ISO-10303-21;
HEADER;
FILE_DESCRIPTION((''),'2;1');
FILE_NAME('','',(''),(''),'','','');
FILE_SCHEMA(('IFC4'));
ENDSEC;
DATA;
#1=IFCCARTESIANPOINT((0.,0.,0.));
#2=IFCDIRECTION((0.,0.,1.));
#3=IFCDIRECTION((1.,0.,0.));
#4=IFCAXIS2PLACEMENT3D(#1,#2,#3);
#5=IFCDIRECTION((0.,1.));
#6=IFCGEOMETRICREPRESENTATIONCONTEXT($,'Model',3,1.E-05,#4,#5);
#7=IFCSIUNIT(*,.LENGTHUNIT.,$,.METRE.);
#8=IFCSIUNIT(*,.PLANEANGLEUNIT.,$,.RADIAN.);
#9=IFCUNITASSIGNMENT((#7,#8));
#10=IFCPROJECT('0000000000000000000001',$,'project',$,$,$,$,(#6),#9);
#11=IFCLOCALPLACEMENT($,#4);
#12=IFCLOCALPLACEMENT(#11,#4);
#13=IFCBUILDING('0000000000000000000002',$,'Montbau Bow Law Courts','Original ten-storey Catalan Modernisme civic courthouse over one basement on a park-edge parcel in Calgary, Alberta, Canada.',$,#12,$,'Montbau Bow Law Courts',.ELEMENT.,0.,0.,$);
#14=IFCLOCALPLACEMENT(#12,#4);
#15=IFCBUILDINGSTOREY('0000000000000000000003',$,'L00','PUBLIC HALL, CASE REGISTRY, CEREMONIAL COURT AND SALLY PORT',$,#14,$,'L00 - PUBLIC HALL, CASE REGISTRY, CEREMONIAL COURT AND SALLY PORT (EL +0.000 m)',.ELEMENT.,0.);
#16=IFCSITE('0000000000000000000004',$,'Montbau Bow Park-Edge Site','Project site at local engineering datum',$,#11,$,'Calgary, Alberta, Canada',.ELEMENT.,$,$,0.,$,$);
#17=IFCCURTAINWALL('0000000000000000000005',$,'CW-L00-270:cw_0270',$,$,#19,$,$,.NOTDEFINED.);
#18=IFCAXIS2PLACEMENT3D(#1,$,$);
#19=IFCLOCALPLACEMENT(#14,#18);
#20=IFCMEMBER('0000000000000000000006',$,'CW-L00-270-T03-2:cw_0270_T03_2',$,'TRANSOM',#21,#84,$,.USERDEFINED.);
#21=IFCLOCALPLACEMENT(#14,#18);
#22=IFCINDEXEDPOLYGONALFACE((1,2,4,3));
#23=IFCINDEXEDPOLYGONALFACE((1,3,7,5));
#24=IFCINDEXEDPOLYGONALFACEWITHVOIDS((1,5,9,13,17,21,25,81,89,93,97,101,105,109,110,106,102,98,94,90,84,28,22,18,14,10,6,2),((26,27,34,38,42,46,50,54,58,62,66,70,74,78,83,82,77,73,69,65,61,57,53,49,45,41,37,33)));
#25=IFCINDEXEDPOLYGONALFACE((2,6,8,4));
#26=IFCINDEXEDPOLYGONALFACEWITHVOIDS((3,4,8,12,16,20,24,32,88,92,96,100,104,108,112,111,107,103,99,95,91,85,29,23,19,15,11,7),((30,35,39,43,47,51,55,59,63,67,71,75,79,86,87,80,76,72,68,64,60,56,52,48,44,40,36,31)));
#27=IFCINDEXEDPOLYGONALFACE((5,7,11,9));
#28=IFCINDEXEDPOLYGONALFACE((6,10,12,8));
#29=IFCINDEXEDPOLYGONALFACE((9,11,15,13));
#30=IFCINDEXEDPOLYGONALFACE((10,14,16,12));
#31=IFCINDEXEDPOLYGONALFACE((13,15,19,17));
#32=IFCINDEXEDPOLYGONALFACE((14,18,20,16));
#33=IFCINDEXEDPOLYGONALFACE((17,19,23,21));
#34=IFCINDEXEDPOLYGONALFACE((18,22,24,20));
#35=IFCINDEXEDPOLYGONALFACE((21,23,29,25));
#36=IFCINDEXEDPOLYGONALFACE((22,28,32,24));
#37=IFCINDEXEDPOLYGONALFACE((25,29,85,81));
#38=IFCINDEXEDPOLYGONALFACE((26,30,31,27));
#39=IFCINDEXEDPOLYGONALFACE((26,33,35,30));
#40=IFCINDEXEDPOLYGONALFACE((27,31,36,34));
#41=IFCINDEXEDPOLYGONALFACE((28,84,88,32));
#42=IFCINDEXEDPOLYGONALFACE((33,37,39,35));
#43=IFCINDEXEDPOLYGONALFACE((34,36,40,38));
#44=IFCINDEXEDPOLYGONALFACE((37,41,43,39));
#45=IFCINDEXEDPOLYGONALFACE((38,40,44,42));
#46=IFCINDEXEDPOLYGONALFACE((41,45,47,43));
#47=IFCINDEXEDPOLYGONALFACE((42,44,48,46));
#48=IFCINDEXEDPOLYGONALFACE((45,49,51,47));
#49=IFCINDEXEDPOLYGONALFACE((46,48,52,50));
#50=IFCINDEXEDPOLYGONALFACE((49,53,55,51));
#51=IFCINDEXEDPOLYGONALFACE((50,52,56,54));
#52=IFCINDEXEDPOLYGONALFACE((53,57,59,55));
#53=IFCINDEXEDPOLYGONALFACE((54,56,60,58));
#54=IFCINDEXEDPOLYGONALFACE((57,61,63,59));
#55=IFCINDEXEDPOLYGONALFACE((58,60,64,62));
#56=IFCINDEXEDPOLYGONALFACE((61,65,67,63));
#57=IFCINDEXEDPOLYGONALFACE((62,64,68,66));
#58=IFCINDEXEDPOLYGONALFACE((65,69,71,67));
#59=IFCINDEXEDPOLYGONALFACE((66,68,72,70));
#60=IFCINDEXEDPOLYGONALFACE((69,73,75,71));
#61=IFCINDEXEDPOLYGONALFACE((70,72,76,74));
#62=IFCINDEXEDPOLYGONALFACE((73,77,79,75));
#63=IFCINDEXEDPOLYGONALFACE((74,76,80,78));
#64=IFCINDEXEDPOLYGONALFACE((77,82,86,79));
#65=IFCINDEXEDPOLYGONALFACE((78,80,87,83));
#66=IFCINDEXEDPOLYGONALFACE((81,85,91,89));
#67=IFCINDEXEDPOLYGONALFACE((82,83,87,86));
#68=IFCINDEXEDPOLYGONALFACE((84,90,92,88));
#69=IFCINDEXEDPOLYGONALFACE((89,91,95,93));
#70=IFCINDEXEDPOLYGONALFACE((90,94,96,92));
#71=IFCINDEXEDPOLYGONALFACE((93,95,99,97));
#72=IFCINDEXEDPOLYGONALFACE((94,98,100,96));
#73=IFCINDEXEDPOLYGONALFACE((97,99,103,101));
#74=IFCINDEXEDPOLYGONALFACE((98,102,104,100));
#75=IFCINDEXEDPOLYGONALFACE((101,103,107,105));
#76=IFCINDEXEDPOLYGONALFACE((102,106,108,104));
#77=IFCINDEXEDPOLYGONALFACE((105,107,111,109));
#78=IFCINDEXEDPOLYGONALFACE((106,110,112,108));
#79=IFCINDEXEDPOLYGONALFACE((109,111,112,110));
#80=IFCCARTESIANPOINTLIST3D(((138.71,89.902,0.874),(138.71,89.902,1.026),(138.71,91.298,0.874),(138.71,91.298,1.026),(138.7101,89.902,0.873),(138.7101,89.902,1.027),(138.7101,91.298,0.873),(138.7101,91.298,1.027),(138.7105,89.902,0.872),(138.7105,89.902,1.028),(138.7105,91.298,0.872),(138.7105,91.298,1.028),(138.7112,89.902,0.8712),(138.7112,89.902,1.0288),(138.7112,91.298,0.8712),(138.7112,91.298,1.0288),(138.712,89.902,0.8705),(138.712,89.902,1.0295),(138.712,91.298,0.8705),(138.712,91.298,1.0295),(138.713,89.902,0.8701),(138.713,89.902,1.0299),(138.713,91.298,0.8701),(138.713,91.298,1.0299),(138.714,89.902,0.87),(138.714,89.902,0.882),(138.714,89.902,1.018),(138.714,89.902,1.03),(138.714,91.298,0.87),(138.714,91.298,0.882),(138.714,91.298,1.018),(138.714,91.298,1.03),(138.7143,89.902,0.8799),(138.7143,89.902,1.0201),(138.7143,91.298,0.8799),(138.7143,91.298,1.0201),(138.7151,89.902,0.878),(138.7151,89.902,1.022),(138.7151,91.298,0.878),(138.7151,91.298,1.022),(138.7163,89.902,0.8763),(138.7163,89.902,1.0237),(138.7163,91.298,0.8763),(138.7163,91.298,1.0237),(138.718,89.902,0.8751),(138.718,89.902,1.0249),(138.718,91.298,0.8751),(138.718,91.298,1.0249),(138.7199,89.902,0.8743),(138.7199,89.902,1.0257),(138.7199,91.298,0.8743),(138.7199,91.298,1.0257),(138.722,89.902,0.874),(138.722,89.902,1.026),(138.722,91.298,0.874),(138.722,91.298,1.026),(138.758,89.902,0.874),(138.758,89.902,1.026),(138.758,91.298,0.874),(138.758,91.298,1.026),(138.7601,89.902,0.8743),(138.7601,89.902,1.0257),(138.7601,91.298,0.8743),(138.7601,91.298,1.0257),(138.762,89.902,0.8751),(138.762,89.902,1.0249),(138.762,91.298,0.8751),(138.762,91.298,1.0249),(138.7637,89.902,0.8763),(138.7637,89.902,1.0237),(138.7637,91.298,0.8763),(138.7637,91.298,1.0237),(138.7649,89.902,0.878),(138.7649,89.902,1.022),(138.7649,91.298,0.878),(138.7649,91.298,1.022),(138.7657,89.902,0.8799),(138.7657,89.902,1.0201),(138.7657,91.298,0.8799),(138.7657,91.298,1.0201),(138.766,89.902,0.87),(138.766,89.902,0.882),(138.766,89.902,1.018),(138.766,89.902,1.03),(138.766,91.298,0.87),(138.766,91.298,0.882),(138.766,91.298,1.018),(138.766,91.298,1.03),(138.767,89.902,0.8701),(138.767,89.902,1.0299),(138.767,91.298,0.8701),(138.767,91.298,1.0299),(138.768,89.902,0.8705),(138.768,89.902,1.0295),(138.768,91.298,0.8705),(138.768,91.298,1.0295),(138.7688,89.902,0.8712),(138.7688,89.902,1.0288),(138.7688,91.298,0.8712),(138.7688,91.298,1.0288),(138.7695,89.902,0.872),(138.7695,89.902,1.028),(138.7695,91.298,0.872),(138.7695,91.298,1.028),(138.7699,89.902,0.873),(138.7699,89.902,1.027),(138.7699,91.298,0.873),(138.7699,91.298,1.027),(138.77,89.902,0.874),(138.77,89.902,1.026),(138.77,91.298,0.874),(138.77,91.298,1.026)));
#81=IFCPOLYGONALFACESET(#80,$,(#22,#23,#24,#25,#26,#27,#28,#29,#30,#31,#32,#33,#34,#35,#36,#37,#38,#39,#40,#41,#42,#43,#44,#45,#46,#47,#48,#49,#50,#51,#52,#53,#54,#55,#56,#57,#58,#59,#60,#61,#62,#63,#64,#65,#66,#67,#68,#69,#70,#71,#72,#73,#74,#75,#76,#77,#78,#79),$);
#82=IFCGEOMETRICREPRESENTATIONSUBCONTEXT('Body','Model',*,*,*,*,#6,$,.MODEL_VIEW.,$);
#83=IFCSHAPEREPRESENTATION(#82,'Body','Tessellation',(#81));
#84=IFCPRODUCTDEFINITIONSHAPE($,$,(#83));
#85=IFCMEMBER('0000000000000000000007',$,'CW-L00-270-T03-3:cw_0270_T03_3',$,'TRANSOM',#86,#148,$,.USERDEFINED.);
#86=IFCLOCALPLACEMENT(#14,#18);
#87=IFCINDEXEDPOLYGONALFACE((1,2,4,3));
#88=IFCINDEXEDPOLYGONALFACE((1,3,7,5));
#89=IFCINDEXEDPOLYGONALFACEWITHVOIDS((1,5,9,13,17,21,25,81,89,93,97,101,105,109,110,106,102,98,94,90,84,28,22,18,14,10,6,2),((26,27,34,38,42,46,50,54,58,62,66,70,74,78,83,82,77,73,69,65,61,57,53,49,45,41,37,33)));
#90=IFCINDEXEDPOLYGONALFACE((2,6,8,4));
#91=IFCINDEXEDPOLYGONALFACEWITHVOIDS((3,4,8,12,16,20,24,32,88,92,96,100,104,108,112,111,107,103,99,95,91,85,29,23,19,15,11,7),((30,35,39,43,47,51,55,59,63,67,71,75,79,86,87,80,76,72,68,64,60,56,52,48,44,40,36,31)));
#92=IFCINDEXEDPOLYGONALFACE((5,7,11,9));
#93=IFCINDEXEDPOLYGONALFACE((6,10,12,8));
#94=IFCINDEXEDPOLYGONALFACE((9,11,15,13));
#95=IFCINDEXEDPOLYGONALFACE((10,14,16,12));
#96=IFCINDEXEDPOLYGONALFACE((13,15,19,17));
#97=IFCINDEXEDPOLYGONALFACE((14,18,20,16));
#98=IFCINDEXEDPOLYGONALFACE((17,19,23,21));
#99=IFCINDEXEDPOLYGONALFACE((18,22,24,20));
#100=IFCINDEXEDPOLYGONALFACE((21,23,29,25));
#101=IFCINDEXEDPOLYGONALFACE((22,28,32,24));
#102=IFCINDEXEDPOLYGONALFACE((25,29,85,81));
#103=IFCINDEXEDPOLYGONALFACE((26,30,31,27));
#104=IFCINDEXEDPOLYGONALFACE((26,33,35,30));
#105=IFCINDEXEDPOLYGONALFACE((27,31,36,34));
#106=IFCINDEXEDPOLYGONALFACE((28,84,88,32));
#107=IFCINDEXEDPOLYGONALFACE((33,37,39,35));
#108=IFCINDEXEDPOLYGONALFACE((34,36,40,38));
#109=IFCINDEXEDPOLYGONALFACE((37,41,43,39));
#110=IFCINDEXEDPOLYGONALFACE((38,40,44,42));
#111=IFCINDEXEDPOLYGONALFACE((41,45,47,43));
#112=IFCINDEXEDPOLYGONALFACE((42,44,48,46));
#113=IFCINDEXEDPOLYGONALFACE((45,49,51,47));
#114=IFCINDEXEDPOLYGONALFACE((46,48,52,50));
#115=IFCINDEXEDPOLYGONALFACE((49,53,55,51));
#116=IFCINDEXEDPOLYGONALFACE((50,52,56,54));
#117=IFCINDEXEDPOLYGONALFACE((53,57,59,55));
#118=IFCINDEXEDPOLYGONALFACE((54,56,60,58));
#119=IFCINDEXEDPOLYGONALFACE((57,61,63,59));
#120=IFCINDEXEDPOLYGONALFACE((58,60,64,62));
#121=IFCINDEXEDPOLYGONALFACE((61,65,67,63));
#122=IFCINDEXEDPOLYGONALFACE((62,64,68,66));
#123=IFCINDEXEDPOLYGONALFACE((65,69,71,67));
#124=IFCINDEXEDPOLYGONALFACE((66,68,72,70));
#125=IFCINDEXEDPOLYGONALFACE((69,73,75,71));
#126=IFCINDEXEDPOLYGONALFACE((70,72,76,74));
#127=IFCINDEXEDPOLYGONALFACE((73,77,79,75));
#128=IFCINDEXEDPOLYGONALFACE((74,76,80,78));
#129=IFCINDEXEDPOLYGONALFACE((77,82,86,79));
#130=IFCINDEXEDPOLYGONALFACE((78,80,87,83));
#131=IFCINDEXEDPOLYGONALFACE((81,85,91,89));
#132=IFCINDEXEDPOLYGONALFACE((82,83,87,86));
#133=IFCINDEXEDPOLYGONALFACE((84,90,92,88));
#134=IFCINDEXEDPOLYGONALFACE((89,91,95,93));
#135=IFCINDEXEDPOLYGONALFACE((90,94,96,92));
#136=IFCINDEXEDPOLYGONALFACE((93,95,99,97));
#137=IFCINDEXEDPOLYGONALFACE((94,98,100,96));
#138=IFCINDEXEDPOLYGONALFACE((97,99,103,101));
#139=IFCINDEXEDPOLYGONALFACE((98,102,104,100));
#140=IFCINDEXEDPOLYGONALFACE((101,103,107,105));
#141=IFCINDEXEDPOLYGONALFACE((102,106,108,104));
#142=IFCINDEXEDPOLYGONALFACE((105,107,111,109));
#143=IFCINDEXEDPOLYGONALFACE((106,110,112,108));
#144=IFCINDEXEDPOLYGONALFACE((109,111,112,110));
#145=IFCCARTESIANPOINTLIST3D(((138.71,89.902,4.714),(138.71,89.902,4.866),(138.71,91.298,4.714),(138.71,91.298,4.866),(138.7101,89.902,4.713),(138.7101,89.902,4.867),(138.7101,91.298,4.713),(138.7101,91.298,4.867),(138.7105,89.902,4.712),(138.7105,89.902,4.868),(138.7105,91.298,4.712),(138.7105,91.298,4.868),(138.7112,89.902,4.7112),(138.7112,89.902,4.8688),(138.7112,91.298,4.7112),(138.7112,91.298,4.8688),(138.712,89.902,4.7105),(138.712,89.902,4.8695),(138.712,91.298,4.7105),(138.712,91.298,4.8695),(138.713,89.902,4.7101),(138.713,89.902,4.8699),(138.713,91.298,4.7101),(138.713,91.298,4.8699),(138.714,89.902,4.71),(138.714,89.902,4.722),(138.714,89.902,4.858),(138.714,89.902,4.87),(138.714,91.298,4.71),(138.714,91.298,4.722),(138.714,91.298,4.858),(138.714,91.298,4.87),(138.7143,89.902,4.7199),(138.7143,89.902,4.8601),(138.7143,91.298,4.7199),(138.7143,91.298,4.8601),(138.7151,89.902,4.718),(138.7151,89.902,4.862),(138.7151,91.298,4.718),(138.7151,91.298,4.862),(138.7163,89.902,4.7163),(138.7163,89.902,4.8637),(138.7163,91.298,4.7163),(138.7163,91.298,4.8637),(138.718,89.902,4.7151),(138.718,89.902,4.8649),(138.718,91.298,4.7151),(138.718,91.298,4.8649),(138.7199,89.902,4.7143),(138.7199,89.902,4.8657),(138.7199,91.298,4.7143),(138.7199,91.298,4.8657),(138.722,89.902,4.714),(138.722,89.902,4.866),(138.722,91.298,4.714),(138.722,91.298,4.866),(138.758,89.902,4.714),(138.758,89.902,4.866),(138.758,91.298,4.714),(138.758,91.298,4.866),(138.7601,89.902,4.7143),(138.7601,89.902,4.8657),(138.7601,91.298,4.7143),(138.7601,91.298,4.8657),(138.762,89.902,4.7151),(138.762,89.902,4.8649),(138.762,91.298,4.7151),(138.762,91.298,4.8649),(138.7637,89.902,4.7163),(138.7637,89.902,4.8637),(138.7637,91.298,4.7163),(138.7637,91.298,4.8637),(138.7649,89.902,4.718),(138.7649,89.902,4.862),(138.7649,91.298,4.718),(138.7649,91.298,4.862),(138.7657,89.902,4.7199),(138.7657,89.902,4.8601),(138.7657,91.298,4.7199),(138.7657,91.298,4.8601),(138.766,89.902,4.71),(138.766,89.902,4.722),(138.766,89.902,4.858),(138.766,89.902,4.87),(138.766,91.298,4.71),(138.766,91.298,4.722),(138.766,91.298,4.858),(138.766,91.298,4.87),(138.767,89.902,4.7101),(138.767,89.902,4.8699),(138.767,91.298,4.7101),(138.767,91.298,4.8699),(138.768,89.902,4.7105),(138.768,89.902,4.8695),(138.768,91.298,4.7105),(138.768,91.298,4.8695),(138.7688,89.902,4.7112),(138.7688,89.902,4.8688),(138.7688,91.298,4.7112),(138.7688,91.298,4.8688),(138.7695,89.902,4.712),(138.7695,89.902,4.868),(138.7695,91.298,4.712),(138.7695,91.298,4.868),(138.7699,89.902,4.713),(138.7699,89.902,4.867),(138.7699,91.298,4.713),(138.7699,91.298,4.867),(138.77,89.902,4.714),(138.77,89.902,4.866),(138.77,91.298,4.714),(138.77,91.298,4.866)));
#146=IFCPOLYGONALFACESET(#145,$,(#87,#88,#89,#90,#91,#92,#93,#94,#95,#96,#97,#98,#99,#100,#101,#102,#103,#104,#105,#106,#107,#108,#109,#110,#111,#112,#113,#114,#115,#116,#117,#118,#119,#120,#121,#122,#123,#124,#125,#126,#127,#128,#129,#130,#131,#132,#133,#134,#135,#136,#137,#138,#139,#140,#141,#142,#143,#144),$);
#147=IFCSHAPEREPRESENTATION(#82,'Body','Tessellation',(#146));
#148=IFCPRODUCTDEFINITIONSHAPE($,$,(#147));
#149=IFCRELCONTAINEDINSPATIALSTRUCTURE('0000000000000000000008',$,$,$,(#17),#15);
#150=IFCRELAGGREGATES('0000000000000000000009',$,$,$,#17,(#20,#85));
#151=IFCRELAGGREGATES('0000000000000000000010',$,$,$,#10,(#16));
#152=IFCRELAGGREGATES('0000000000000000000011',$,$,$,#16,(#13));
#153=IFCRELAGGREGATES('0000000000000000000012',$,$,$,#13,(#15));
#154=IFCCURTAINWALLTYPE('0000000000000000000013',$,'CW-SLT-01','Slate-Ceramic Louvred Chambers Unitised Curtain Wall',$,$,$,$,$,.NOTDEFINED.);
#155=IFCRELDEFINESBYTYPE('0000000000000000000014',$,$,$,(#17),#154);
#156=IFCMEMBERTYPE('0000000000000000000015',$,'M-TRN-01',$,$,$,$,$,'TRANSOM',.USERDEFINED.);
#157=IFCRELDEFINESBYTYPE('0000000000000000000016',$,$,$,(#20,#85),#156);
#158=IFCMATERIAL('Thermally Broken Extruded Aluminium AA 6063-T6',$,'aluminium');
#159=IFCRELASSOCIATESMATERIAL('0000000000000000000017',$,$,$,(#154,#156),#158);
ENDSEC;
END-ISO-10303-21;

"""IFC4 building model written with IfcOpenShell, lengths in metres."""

from ifc_helpers import new_model, si_unit, direction, frame, origin_with_axes, origin_2d_with_axis, place, context, subcontext, project, spatial, hollow_rectangle, extrude, material, material_profile, profile_set, type_object, element, aggregate, save


model = new_model("IFC4")

# Units and contexts
model_context = context("Model", 3, precision=1e-05, world=origin_with_axes(), true_north=direction((0.0, 1.0)))
body_context = subcontext(model_context, "Body", "Model", "MODEL_VIEW")
ifc_project = project(units=[si_unit("LENGTHUNIT", "METRE"), si_unit("PLANEANGLEUNIT", "RADIAN")], contexts=[model_context])

# Site, building, storey
site_placement = place(None, origin_with_axes())
site = spatial("IfcSite", under=ifc_project, at=site_placement, Name="Montbau Bow Park-Edge Site", Description="Project site at local engineering datum", LongName="Calgary, Alberta, Canada", CompositionType="ELEMENT", RefElevation=0.0)
building_placement = place(site_placement, origin_with_axes())
building = spatial("IfcBuilding", under=site, at=building_placement, Name="Montbau Bow Law Courts", Description="Original ten-storey Catalan Modernisme civic courthouse over one basement on a park-edge parcel in Calgary, Alberta, Canada.", LongName="Montbau Bow Law Courts", CompositionType="ELEMENT", ElevationOfRefHeight=0.0, ElevationOfTerrain=0.0)
storey_placement = place(building_placement, origin_with_axes())
storey = spatial("IfcBuildingStorey", under=building, at=storey_placement, Name="L00", Description="PUBLIC HALL, CASE REGISTRY, CEREMONIAL COURT AND SALLY PORT", LongName="L00 - PUBLIC HALL, CASE REGISTRY, CEREMONIAL COURT AND SALLY PORT (EL +0.000 m)", CompositionType="ELEMENT", Elevation=0.0)

# Curtain wall, members
ifc_material_1 = material(Name="Thermally Broken Extruded Aluminium AA 6063-T6", Category="aluminium")
curtain_wall_type = type_object("IfcCurtainWallType", Name="CW-SLT-01", Description="Slate-Ceramic Louvred Chambers Unitised Curtain Wall", PredefinedType="NOTDEFINED", material=ifc_material_1)
curtain_wall_placement = place(None, frame((138.74, 86.915, 0.0), z_axis=(0.0, 0.0, 1.0), x_axis=(1.0, 0.0, 0.0)))
curtain_wall = element("IfcCurtainWall", 1, at=curtain_wall_placement, inside=storey, type_object=curtain_wall_type, Name="CW-L00-270:cw_0270", PredefinedType="NOTDEFINED")
ifc_material_profile_1 = material_profile(ifc_material_1, hollow_rectangle(XDim=0.06, YDim=0.16, WallThickness=0.004, InnerFilletRadius=0.008, OuterFilletRadius=0.004, at=origin_2d_with_axis()), Name="CWT-160X60", Category="Main", Priority=0)
ifc_profile_set_1 = profile_set([ifc_material_profile_1], Name="Thermally Broken Extruded Aluminium AA 6063-T6")
member_type_1 = type_object("IfcMemberType", Name="M-TRN-01", ElementType="TRANSOM", PredefinedType="USERDEFINED", material=ifc_profile_set_1)
member_1_placement = place(None, frame((138.74, 89.902, 0.95), z_axis=(0.0, 1.0, 0.0), x_axis=(-1.0, 0.0, 0.0)))
member_1 = element("IfcMember", 2, at=member_1_placement, type_object=member_type_1, Name="CW-L00-270-T03-2:cw_0270_T03_2", ObjectType="TRANSOM", PredefinedType="USERDEFINED", context=body_context, shape_type="SweptSolid", body=[
    extrude(hollow_rectangle(XDim=0.06, YDim=0.16, WallThickness=0.004, InnerFilletRadius=0.008, OuterFilletRadius=0.004, at=origin_2d_with_axis()), origin_with_axes(), (0.0, 0.0, 1.0), 1.396),
])
member_2_placement = place(None, frame((138.74, 89.902, 4.79), z_axis=(0.0, 1.0, 0.0), x_axis=(-1.0, 0.0, 0.0)))
member_2 = element("IfcMember", 3, at=member_2_placement, type_object=member_type_1, Name="CW-L00-270-T03-3:cw_0270_T03_3", ObjectType="TRANSOM", PredefinedType="USERDEFINED", context=body_context, shape_type="SweptSolid", body=[
    extrude(hollow_rectangle(XDim=0.06, YDim=0.16, WallThickness=0.004, InnerFilletRadius=0.008, OuterFilletRadius=0.004, at=origin_2d_with_axis()), origin_with_axes(), (0.0, 0.0, 1.0), 1.396),
])
aggregate(curtain_wall, [member_1, member_2])

save(model, "model.ifc")
